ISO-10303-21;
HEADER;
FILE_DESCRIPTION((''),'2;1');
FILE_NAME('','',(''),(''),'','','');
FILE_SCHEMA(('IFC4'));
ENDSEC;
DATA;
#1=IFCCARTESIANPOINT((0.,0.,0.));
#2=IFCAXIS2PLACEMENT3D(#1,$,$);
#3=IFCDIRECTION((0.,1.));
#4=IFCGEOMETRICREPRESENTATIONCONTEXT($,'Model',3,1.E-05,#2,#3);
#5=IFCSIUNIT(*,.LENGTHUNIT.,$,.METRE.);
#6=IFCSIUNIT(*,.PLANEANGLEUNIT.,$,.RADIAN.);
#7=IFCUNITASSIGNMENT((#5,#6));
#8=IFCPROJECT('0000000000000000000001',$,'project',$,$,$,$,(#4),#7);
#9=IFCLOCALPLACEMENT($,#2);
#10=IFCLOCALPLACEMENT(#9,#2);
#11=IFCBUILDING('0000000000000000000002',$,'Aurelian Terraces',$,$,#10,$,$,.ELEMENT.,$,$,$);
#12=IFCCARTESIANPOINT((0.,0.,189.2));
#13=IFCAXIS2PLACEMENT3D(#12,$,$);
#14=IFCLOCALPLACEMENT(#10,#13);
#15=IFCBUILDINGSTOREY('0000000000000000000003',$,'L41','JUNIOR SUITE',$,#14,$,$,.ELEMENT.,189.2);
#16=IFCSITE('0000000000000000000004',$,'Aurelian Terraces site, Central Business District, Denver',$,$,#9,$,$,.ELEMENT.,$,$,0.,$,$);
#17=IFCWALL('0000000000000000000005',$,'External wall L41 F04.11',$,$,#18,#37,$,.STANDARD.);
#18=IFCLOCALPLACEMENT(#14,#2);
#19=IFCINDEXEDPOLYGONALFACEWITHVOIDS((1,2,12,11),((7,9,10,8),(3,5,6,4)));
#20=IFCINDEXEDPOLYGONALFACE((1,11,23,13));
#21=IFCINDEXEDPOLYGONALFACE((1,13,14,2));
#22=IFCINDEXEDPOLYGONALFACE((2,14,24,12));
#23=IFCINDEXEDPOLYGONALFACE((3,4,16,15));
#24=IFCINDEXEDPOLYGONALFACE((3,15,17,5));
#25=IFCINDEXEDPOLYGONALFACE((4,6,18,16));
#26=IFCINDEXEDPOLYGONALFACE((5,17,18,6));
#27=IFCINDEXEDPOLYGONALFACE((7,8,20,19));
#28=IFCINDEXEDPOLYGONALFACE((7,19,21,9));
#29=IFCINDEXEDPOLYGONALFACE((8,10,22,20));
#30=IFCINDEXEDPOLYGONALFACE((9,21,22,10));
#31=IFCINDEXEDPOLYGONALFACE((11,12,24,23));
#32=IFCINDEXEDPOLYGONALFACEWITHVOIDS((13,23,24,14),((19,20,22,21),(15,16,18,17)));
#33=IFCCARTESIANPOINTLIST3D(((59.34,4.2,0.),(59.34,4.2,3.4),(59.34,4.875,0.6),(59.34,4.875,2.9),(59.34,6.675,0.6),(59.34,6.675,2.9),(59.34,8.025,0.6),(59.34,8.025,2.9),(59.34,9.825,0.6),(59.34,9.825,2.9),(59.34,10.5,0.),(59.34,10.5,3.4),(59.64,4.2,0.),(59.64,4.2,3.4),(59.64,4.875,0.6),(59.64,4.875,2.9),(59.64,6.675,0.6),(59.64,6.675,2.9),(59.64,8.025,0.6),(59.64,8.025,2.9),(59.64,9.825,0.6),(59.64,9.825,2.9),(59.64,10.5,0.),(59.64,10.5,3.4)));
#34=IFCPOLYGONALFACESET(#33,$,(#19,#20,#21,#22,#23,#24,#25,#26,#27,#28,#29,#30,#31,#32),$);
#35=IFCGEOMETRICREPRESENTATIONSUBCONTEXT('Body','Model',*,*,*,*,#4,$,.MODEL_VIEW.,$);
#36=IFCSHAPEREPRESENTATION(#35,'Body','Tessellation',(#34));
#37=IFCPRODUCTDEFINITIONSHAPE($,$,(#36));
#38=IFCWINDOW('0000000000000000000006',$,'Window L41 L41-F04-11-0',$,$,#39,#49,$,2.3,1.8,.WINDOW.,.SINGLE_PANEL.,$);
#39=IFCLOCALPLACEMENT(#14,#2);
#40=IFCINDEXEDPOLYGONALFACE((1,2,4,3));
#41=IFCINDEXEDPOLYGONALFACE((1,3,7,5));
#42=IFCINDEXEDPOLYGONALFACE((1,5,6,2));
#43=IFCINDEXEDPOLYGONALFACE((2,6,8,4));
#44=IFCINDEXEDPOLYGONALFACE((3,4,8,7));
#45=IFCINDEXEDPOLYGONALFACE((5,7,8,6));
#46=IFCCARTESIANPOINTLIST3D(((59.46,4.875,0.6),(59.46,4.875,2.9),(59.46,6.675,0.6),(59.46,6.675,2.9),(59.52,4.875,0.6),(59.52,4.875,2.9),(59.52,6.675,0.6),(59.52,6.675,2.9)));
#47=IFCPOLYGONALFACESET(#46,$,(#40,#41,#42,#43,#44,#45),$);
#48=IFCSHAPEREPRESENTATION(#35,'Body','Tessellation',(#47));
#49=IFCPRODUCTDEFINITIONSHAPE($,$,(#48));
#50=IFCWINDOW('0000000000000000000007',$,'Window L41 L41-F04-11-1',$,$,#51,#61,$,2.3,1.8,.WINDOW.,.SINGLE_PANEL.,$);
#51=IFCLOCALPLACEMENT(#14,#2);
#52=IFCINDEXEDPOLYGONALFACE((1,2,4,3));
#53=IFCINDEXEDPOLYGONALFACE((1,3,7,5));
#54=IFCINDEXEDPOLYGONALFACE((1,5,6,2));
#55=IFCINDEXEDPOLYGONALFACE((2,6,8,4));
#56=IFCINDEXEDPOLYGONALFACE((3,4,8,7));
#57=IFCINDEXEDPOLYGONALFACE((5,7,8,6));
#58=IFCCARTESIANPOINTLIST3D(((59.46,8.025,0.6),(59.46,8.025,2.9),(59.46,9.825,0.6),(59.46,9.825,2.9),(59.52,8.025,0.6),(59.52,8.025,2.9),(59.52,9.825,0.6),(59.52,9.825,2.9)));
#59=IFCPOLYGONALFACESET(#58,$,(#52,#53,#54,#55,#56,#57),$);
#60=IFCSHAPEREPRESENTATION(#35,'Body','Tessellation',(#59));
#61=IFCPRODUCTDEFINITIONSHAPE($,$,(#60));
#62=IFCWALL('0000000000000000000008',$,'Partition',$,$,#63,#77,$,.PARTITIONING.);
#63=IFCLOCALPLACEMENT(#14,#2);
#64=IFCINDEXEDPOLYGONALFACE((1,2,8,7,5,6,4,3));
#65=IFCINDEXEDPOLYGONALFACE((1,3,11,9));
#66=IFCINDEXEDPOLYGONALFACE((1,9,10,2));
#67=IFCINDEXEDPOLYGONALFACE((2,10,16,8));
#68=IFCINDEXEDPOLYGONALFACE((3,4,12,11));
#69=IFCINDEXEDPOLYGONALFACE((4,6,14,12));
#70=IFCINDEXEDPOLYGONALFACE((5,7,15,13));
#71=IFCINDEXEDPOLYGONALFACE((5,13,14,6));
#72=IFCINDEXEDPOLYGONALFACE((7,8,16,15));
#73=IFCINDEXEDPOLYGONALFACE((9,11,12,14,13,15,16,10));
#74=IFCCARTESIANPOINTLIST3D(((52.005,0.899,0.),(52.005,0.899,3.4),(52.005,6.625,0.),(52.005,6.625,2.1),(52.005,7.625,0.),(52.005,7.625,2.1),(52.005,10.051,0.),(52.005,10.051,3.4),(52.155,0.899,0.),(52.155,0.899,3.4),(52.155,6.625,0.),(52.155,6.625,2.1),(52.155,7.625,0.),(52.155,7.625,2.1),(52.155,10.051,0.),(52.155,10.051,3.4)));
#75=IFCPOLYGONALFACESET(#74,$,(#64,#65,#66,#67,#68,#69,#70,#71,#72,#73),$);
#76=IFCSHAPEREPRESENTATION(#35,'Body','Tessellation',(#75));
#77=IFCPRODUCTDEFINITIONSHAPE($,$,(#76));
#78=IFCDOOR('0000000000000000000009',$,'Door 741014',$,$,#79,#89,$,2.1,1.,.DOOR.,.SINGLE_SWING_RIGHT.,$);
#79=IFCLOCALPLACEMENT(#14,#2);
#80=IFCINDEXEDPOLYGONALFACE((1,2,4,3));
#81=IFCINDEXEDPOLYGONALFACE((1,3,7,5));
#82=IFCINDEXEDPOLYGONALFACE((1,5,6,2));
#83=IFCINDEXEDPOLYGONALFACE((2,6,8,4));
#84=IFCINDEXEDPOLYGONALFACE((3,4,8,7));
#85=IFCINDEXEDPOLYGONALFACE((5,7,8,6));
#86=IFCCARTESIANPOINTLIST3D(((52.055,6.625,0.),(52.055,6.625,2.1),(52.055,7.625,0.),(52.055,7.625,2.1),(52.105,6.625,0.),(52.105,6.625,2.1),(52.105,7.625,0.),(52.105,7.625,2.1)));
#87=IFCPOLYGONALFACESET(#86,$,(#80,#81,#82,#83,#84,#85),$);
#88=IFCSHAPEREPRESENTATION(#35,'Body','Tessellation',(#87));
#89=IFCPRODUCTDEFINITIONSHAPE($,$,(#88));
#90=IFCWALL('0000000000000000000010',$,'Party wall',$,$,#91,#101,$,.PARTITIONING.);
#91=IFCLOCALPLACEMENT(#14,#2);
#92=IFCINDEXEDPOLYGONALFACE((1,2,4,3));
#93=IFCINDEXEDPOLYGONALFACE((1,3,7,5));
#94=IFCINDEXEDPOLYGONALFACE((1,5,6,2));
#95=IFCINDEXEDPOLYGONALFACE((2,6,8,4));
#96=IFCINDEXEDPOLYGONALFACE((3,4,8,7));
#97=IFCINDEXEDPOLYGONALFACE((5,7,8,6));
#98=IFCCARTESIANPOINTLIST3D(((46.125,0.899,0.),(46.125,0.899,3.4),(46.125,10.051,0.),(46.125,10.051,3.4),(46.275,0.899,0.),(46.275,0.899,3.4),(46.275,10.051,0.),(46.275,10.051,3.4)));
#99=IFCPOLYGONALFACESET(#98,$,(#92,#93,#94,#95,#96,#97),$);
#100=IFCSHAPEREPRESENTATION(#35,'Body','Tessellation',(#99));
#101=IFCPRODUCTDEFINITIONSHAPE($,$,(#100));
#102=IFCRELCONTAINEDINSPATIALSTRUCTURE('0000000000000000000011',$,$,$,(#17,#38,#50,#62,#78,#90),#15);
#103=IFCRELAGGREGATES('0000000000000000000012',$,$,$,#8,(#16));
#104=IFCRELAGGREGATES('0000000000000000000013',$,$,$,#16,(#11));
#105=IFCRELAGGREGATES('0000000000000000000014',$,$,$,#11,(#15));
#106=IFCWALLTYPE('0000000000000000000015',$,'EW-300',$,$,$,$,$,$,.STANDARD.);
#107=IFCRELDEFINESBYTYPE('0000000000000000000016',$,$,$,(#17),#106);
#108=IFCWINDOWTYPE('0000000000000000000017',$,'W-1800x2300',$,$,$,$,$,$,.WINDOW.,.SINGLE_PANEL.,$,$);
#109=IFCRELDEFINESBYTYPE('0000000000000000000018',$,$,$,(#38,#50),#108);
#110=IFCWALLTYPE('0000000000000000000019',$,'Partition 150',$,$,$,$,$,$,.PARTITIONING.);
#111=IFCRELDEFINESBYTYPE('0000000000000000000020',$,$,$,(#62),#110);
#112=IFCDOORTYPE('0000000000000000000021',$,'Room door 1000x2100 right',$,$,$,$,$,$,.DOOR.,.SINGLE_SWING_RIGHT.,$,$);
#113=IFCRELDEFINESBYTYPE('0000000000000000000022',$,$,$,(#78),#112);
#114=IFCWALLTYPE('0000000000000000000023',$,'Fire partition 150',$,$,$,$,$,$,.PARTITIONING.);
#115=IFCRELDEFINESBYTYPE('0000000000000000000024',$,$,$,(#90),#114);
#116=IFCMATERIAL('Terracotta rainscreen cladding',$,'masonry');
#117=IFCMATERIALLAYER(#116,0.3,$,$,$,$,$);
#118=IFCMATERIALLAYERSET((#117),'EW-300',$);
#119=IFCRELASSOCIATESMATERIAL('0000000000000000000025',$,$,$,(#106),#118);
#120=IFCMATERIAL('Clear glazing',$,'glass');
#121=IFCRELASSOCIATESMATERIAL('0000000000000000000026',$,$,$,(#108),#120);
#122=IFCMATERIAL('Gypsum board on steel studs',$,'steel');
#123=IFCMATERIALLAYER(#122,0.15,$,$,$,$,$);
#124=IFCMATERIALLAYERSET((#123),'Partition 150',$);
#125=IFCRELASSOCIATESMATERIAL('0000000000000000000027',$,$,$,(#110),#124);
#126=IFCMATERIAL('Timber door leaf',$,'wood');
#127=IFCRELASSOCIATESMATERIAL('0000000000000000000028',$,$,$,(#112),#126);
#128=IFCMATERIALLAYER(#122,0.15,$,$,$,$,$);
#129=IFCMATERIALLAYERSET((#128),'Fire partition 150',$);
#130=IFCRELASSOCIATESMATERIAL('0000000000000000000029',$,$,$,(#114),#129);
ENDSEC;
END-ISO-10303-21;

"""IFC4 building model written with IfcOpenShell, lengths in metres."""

from ifc_helpers import new_model, si_unit, direction, frame, frame_2d, origin, place, context, subcontext, project, spatial, rectangle, extrude, source, transform, mapped, material, layer, layer_set, type_object, element, fill, save


model = new_model("IFC4")

# Units and contexts
model_context = context("Model", 3, precision=1e-05, world=origin(), true_north=direction((0.0, 1.0)))
body_context = subcontext(model_context, "Body", "Model", "MODEL_VIEW")
ifc_project = project(units=[si_unit("LENGTHUNIT", "METRE"), si_unit("PLANEANGLEUNIT", "RADIAN")], contexts=[model_context])

# Site, building, storey
site_placement = place(None, origin())
site = spatial("IfcSite", under=ifc_project, at=site_placement, Name="Aurelian Terraces site, Central Business District, Denver", CompositionType="ELEMENT", RefElevation=0.0)
building_placement = place(site_placement, origin())
building = spatial("IfcBuilding", under=site, at=building_placement, Name="Aurelian Terraces", CompositionType="ELEMENT")
storey_placement = place(building_placement, frame((0.0, 0.0, 189.2)))
storey = spatial("IfcBuildingStorey", under=building, at=storey_placement, Name="L41", Description="JUNIOR SUITE", CompositionType="ELEMENT", Elevation=189.2)

# Shared definitions
ifc_material_1 = material(Name="Terracotta rainscreen cladding", Category="masonry")
ifc_layer_1 = layer(ifc_material_1, 0.3)
ifc_layer_set_1 = layer_set([ifc_layer_1], Name="EW-300")
wall_type_1 = type_object("IfcWallType", Name="EW-300", PredefinedType="STANDARD", material=ifc_layer_set_1)
shared_shape_1 = source(origin(), body_context, "Body", "SweptSolid", [
    extrude(rectangle(XDim=1.8, YDim=2.3, at=frame_2d((0.9, 1.15))), frame((0.0, 0.16, 0.0), z_axis=(0.0, -1.0, 0.0), x_axis=(1.0, 0.0, 0.0)), (0.0, 0.0, 1.0), 0.32),
])
ifc_material_2 = material(Name="Clear glazing", Category="glass")
window_type_1 = type_object("IfcWindowType", Name="W-1800x2300", PartitioningType="SINGLE_PANEL", PredefinedType="WINDOW", material=ifc_material_2)
shared_shape_2 = source(origin(), body_context, "Body", "SweptSolid", [
    extrude(rectangle(XDim=1.8, YDim=2.3, at=frame_2d((0.9, 1.15))), frame((0.0, 0.03, 0.0), z_axis=(0.0, -1.0, 0.0), x_axis=(1.0, 0.0, 0.0)), (0.0, 0.0, 1.0), 0.06),
])

# Shared definitions
ifc_material_3 = material(Name="Timber door leaf", Category="wood")
shared_shape_3 = source(origin(), body_context, "Body", "SweptSolid", [
    extrude(rectangle(XDim=1.0, YDim=2.1, at=frame_2d((0.5, 1.05))), frame((0.0, 0.025, 0.0), z_axis=(0.0, -1.0, 0.0), x_axis=(1.0, 0.0, 0.0)), (0.0, 0.0, 1.0), 0.05),
])

# Wall, openings, windows
shared_shape_4 = source(origin(), body_context, "Body", "SweptSolid", [
    extrude(rectangle(XDim=6.3, YDim=0.3, at=frame_2d((3.15, 0.0))), origin(), (0.0, 0.0, 1.0), 3.4),
])
wall_1_placement = place(storey_placement, frame((59.49, 4.2, 0.0), z_axis=(0.0, 0.0, 1.0), x_axis=(0.0, 1.0, 0.0)))
wall_1 = element("IfcWall", 1, at=wall_1_placement, inside=storey, type_object=wall_type_1, Name="External wall L41 F04.11", PredefinedType="STANDARD", context=body_context, shape_type="MappedRepresentation", body=[
    mapped(shared_shape_4, transform((0.0, 0.0, 0.0), scale=1.0)),
])
opening_1_placement = place(wall_1_placement, frame((0.675, 0.0, 0.6)))
opening_1 = element("IfcOpeningElement", 2, at=opening_1_placement, cuts=wall_1, PredefinedType="OPENING", context=body_context, shape_type="MappedRepresentation", body=[
    mapped(shared_shape_1, transform((0.0, 0.0, 0.0), scale=1.0)),
])
opening_2_placement = place(wall_1_placement, frame((3.825, 0.0, 0.6)))
opening_2 = element("IfcOpeningElement", 3, at=opening_2_placement, cuts=wall_1, PredefinedType="OPENING", context=body_context, shape_type="MappedRepresentation", body=[
    mapped(shared_shape_1, transform((0.0, 0.0, 0.0), scale=1.0)),
])
window_1_placement = place(opening_1_placement, origin())
window_1 = element("IfcWindow", 4, at=window_1_placement, inside=storey, type_object=window_type_1, Name="Window L41 L41-F04-11-0", OverallHeight=2.3, OverallWidth=1.8, PartitioningType="SINGLE_PANEL", PredefinedType="WINDOW", context=body_context, shape_type="MappedRepresentation", body=[
    mapped(shared_shape_2, transform((0.0, 0.0, 0.0), scale=1.0)),
])
fill(opening_1, window_1)
window_2_placement = place(opening_2_placement, origin())
window_2 = element("IfcWindow", 5, at=window_2_placement, inside=storey, type_object=window_type_1, Name="Window L41 L41-F04-11-1", OverallHeight=2.3, OverallWidth=1.8, PartitioningType="SINGLE_PANEL", PredefinedType="WINDOW", context=body_context, shape_type="MappedRepresentation", body=[
    mapped(shared_shape_2, transform((0.0, 0.0, 0.0), scale=1.0)),
])
fill(opening_2, window_2)

# Wall, opening, door
ifc_material_4 = material(Name="Gypsum board on steel studs", Category="steel")
ifc_layer_2 = layer(ifc_material_4, 0.15)
ifc_layer_set_2 = layer_set([ifc_layer_2], Name="Partition 150")
wall_type_2 = type_object("IfcWallType", Name="Partition 150", PredefinedType="PARTITIONING", material=ifc_layer_set_2)
shared_shape_5 = source(origin(), body_context, "Body", "SweptSolid", [
    extrude(rectangle(XDim=9.152, YDim=0.15, at=frame_2d((4.576, 0.0))), origin(), (0.0, 0.0, 1.0), 3.4),
])
wall_2_placement = place(storey_placement, frame((52.08, 0.899, 0.0), z_axis=(0.0, 0.0, 1.0), x_axis=(0.0, 1.0, 0.0)))
wall_2 = element("IfcWall", 6, at=wall_2_placement, inside=storey, type_object=wall_type_2, Name="Partition", PredefinedType="PARTITIONING", context=body_context, shape_type="MappedRepresentation", body=[
    mapped(shared_shape_5, transform((0.0, 0.0, 0.0), scale=1.0)),
])
shared_shape_6 = source(origin(), body_context, "Body", "SweptSolid", [
    extrude(rectangle(XDim=1.0, YDim=2.1, at=frame_2d((0.5, 1.05))), frame((0.0, 0.085, 0.0), z_axis=(0.0, -1.0, 0.0), x_axis=(1.0, 0.0, 0.0)), (0.0, 0.0, 1.0), 0.17),
])
opening_3_placement = place(wall_2_placement, frame((5.726, 0.0, 0.0)))
opening_3 = element("IfcOpeningElement", 7, at=opening_3_placement, cuts=wall_2, PredefinedType="OPENING", context=body_context, shape_type="MappedRepresentation", body=[
    mapped(shared_shape_6, transform((0.0, 0.0, 0.0), scale=1.0)),
])
door_type_1 = type_object("IfcDoorType", Name="Room door 1000x2100 right", OperationType="SINGLE_SWING_RIGHT", PredefinedType="DOOR", material=ifc_material_3)
door_1_placement = place(opening_3_placement, origin())
door_1 = element("IfcDoor", 8, at=door_1_placement, inside=storey, type_object=door_type_1, Name="Door 741014", OperationType="SINGLE_SWING_RIGHT", OverallHeight=2.1, OverallWidth=1.0, PredefinedType="DOOR", context=body_context, shape_type="MappedRepresentation", body=[
    mapped(shared_shape_3, transform((0.0, 0.0, 0.0), scale=1.0)),
])
fill(opening_3, door_1)

# Wall
ifc_layer_3 = layer(ifc_material_4, 0.15)
ifc_layer_set_3 = layer_set([ifc_layer_3], Name="Fire partition 150")
wall_type_3 = type_object("IfcWallType", Name="Fire partition 150", PredefinedType="PARTITIONING", material=ifc_layer_set_3)
wall_3_placement = place(storey_placement, frame((46.2, 0.899, 0.0), z_axis=(0.0, 0.0, 1.0), x_axis=(0.0, 1.0, 0.0)))
element("IfcWall", 9, at=wall_3_placement, inside=storey, type_object=wall_type_3, Name="Party wall", PredefinedType="PARTITIONING", context=body_context, shape_type="MappedRepresentation", body=[
    mapped(shared_shape_5, transform((0.0, 0.0, 0.0), scale=1.0)),
])

save(model, "model.ifc")
